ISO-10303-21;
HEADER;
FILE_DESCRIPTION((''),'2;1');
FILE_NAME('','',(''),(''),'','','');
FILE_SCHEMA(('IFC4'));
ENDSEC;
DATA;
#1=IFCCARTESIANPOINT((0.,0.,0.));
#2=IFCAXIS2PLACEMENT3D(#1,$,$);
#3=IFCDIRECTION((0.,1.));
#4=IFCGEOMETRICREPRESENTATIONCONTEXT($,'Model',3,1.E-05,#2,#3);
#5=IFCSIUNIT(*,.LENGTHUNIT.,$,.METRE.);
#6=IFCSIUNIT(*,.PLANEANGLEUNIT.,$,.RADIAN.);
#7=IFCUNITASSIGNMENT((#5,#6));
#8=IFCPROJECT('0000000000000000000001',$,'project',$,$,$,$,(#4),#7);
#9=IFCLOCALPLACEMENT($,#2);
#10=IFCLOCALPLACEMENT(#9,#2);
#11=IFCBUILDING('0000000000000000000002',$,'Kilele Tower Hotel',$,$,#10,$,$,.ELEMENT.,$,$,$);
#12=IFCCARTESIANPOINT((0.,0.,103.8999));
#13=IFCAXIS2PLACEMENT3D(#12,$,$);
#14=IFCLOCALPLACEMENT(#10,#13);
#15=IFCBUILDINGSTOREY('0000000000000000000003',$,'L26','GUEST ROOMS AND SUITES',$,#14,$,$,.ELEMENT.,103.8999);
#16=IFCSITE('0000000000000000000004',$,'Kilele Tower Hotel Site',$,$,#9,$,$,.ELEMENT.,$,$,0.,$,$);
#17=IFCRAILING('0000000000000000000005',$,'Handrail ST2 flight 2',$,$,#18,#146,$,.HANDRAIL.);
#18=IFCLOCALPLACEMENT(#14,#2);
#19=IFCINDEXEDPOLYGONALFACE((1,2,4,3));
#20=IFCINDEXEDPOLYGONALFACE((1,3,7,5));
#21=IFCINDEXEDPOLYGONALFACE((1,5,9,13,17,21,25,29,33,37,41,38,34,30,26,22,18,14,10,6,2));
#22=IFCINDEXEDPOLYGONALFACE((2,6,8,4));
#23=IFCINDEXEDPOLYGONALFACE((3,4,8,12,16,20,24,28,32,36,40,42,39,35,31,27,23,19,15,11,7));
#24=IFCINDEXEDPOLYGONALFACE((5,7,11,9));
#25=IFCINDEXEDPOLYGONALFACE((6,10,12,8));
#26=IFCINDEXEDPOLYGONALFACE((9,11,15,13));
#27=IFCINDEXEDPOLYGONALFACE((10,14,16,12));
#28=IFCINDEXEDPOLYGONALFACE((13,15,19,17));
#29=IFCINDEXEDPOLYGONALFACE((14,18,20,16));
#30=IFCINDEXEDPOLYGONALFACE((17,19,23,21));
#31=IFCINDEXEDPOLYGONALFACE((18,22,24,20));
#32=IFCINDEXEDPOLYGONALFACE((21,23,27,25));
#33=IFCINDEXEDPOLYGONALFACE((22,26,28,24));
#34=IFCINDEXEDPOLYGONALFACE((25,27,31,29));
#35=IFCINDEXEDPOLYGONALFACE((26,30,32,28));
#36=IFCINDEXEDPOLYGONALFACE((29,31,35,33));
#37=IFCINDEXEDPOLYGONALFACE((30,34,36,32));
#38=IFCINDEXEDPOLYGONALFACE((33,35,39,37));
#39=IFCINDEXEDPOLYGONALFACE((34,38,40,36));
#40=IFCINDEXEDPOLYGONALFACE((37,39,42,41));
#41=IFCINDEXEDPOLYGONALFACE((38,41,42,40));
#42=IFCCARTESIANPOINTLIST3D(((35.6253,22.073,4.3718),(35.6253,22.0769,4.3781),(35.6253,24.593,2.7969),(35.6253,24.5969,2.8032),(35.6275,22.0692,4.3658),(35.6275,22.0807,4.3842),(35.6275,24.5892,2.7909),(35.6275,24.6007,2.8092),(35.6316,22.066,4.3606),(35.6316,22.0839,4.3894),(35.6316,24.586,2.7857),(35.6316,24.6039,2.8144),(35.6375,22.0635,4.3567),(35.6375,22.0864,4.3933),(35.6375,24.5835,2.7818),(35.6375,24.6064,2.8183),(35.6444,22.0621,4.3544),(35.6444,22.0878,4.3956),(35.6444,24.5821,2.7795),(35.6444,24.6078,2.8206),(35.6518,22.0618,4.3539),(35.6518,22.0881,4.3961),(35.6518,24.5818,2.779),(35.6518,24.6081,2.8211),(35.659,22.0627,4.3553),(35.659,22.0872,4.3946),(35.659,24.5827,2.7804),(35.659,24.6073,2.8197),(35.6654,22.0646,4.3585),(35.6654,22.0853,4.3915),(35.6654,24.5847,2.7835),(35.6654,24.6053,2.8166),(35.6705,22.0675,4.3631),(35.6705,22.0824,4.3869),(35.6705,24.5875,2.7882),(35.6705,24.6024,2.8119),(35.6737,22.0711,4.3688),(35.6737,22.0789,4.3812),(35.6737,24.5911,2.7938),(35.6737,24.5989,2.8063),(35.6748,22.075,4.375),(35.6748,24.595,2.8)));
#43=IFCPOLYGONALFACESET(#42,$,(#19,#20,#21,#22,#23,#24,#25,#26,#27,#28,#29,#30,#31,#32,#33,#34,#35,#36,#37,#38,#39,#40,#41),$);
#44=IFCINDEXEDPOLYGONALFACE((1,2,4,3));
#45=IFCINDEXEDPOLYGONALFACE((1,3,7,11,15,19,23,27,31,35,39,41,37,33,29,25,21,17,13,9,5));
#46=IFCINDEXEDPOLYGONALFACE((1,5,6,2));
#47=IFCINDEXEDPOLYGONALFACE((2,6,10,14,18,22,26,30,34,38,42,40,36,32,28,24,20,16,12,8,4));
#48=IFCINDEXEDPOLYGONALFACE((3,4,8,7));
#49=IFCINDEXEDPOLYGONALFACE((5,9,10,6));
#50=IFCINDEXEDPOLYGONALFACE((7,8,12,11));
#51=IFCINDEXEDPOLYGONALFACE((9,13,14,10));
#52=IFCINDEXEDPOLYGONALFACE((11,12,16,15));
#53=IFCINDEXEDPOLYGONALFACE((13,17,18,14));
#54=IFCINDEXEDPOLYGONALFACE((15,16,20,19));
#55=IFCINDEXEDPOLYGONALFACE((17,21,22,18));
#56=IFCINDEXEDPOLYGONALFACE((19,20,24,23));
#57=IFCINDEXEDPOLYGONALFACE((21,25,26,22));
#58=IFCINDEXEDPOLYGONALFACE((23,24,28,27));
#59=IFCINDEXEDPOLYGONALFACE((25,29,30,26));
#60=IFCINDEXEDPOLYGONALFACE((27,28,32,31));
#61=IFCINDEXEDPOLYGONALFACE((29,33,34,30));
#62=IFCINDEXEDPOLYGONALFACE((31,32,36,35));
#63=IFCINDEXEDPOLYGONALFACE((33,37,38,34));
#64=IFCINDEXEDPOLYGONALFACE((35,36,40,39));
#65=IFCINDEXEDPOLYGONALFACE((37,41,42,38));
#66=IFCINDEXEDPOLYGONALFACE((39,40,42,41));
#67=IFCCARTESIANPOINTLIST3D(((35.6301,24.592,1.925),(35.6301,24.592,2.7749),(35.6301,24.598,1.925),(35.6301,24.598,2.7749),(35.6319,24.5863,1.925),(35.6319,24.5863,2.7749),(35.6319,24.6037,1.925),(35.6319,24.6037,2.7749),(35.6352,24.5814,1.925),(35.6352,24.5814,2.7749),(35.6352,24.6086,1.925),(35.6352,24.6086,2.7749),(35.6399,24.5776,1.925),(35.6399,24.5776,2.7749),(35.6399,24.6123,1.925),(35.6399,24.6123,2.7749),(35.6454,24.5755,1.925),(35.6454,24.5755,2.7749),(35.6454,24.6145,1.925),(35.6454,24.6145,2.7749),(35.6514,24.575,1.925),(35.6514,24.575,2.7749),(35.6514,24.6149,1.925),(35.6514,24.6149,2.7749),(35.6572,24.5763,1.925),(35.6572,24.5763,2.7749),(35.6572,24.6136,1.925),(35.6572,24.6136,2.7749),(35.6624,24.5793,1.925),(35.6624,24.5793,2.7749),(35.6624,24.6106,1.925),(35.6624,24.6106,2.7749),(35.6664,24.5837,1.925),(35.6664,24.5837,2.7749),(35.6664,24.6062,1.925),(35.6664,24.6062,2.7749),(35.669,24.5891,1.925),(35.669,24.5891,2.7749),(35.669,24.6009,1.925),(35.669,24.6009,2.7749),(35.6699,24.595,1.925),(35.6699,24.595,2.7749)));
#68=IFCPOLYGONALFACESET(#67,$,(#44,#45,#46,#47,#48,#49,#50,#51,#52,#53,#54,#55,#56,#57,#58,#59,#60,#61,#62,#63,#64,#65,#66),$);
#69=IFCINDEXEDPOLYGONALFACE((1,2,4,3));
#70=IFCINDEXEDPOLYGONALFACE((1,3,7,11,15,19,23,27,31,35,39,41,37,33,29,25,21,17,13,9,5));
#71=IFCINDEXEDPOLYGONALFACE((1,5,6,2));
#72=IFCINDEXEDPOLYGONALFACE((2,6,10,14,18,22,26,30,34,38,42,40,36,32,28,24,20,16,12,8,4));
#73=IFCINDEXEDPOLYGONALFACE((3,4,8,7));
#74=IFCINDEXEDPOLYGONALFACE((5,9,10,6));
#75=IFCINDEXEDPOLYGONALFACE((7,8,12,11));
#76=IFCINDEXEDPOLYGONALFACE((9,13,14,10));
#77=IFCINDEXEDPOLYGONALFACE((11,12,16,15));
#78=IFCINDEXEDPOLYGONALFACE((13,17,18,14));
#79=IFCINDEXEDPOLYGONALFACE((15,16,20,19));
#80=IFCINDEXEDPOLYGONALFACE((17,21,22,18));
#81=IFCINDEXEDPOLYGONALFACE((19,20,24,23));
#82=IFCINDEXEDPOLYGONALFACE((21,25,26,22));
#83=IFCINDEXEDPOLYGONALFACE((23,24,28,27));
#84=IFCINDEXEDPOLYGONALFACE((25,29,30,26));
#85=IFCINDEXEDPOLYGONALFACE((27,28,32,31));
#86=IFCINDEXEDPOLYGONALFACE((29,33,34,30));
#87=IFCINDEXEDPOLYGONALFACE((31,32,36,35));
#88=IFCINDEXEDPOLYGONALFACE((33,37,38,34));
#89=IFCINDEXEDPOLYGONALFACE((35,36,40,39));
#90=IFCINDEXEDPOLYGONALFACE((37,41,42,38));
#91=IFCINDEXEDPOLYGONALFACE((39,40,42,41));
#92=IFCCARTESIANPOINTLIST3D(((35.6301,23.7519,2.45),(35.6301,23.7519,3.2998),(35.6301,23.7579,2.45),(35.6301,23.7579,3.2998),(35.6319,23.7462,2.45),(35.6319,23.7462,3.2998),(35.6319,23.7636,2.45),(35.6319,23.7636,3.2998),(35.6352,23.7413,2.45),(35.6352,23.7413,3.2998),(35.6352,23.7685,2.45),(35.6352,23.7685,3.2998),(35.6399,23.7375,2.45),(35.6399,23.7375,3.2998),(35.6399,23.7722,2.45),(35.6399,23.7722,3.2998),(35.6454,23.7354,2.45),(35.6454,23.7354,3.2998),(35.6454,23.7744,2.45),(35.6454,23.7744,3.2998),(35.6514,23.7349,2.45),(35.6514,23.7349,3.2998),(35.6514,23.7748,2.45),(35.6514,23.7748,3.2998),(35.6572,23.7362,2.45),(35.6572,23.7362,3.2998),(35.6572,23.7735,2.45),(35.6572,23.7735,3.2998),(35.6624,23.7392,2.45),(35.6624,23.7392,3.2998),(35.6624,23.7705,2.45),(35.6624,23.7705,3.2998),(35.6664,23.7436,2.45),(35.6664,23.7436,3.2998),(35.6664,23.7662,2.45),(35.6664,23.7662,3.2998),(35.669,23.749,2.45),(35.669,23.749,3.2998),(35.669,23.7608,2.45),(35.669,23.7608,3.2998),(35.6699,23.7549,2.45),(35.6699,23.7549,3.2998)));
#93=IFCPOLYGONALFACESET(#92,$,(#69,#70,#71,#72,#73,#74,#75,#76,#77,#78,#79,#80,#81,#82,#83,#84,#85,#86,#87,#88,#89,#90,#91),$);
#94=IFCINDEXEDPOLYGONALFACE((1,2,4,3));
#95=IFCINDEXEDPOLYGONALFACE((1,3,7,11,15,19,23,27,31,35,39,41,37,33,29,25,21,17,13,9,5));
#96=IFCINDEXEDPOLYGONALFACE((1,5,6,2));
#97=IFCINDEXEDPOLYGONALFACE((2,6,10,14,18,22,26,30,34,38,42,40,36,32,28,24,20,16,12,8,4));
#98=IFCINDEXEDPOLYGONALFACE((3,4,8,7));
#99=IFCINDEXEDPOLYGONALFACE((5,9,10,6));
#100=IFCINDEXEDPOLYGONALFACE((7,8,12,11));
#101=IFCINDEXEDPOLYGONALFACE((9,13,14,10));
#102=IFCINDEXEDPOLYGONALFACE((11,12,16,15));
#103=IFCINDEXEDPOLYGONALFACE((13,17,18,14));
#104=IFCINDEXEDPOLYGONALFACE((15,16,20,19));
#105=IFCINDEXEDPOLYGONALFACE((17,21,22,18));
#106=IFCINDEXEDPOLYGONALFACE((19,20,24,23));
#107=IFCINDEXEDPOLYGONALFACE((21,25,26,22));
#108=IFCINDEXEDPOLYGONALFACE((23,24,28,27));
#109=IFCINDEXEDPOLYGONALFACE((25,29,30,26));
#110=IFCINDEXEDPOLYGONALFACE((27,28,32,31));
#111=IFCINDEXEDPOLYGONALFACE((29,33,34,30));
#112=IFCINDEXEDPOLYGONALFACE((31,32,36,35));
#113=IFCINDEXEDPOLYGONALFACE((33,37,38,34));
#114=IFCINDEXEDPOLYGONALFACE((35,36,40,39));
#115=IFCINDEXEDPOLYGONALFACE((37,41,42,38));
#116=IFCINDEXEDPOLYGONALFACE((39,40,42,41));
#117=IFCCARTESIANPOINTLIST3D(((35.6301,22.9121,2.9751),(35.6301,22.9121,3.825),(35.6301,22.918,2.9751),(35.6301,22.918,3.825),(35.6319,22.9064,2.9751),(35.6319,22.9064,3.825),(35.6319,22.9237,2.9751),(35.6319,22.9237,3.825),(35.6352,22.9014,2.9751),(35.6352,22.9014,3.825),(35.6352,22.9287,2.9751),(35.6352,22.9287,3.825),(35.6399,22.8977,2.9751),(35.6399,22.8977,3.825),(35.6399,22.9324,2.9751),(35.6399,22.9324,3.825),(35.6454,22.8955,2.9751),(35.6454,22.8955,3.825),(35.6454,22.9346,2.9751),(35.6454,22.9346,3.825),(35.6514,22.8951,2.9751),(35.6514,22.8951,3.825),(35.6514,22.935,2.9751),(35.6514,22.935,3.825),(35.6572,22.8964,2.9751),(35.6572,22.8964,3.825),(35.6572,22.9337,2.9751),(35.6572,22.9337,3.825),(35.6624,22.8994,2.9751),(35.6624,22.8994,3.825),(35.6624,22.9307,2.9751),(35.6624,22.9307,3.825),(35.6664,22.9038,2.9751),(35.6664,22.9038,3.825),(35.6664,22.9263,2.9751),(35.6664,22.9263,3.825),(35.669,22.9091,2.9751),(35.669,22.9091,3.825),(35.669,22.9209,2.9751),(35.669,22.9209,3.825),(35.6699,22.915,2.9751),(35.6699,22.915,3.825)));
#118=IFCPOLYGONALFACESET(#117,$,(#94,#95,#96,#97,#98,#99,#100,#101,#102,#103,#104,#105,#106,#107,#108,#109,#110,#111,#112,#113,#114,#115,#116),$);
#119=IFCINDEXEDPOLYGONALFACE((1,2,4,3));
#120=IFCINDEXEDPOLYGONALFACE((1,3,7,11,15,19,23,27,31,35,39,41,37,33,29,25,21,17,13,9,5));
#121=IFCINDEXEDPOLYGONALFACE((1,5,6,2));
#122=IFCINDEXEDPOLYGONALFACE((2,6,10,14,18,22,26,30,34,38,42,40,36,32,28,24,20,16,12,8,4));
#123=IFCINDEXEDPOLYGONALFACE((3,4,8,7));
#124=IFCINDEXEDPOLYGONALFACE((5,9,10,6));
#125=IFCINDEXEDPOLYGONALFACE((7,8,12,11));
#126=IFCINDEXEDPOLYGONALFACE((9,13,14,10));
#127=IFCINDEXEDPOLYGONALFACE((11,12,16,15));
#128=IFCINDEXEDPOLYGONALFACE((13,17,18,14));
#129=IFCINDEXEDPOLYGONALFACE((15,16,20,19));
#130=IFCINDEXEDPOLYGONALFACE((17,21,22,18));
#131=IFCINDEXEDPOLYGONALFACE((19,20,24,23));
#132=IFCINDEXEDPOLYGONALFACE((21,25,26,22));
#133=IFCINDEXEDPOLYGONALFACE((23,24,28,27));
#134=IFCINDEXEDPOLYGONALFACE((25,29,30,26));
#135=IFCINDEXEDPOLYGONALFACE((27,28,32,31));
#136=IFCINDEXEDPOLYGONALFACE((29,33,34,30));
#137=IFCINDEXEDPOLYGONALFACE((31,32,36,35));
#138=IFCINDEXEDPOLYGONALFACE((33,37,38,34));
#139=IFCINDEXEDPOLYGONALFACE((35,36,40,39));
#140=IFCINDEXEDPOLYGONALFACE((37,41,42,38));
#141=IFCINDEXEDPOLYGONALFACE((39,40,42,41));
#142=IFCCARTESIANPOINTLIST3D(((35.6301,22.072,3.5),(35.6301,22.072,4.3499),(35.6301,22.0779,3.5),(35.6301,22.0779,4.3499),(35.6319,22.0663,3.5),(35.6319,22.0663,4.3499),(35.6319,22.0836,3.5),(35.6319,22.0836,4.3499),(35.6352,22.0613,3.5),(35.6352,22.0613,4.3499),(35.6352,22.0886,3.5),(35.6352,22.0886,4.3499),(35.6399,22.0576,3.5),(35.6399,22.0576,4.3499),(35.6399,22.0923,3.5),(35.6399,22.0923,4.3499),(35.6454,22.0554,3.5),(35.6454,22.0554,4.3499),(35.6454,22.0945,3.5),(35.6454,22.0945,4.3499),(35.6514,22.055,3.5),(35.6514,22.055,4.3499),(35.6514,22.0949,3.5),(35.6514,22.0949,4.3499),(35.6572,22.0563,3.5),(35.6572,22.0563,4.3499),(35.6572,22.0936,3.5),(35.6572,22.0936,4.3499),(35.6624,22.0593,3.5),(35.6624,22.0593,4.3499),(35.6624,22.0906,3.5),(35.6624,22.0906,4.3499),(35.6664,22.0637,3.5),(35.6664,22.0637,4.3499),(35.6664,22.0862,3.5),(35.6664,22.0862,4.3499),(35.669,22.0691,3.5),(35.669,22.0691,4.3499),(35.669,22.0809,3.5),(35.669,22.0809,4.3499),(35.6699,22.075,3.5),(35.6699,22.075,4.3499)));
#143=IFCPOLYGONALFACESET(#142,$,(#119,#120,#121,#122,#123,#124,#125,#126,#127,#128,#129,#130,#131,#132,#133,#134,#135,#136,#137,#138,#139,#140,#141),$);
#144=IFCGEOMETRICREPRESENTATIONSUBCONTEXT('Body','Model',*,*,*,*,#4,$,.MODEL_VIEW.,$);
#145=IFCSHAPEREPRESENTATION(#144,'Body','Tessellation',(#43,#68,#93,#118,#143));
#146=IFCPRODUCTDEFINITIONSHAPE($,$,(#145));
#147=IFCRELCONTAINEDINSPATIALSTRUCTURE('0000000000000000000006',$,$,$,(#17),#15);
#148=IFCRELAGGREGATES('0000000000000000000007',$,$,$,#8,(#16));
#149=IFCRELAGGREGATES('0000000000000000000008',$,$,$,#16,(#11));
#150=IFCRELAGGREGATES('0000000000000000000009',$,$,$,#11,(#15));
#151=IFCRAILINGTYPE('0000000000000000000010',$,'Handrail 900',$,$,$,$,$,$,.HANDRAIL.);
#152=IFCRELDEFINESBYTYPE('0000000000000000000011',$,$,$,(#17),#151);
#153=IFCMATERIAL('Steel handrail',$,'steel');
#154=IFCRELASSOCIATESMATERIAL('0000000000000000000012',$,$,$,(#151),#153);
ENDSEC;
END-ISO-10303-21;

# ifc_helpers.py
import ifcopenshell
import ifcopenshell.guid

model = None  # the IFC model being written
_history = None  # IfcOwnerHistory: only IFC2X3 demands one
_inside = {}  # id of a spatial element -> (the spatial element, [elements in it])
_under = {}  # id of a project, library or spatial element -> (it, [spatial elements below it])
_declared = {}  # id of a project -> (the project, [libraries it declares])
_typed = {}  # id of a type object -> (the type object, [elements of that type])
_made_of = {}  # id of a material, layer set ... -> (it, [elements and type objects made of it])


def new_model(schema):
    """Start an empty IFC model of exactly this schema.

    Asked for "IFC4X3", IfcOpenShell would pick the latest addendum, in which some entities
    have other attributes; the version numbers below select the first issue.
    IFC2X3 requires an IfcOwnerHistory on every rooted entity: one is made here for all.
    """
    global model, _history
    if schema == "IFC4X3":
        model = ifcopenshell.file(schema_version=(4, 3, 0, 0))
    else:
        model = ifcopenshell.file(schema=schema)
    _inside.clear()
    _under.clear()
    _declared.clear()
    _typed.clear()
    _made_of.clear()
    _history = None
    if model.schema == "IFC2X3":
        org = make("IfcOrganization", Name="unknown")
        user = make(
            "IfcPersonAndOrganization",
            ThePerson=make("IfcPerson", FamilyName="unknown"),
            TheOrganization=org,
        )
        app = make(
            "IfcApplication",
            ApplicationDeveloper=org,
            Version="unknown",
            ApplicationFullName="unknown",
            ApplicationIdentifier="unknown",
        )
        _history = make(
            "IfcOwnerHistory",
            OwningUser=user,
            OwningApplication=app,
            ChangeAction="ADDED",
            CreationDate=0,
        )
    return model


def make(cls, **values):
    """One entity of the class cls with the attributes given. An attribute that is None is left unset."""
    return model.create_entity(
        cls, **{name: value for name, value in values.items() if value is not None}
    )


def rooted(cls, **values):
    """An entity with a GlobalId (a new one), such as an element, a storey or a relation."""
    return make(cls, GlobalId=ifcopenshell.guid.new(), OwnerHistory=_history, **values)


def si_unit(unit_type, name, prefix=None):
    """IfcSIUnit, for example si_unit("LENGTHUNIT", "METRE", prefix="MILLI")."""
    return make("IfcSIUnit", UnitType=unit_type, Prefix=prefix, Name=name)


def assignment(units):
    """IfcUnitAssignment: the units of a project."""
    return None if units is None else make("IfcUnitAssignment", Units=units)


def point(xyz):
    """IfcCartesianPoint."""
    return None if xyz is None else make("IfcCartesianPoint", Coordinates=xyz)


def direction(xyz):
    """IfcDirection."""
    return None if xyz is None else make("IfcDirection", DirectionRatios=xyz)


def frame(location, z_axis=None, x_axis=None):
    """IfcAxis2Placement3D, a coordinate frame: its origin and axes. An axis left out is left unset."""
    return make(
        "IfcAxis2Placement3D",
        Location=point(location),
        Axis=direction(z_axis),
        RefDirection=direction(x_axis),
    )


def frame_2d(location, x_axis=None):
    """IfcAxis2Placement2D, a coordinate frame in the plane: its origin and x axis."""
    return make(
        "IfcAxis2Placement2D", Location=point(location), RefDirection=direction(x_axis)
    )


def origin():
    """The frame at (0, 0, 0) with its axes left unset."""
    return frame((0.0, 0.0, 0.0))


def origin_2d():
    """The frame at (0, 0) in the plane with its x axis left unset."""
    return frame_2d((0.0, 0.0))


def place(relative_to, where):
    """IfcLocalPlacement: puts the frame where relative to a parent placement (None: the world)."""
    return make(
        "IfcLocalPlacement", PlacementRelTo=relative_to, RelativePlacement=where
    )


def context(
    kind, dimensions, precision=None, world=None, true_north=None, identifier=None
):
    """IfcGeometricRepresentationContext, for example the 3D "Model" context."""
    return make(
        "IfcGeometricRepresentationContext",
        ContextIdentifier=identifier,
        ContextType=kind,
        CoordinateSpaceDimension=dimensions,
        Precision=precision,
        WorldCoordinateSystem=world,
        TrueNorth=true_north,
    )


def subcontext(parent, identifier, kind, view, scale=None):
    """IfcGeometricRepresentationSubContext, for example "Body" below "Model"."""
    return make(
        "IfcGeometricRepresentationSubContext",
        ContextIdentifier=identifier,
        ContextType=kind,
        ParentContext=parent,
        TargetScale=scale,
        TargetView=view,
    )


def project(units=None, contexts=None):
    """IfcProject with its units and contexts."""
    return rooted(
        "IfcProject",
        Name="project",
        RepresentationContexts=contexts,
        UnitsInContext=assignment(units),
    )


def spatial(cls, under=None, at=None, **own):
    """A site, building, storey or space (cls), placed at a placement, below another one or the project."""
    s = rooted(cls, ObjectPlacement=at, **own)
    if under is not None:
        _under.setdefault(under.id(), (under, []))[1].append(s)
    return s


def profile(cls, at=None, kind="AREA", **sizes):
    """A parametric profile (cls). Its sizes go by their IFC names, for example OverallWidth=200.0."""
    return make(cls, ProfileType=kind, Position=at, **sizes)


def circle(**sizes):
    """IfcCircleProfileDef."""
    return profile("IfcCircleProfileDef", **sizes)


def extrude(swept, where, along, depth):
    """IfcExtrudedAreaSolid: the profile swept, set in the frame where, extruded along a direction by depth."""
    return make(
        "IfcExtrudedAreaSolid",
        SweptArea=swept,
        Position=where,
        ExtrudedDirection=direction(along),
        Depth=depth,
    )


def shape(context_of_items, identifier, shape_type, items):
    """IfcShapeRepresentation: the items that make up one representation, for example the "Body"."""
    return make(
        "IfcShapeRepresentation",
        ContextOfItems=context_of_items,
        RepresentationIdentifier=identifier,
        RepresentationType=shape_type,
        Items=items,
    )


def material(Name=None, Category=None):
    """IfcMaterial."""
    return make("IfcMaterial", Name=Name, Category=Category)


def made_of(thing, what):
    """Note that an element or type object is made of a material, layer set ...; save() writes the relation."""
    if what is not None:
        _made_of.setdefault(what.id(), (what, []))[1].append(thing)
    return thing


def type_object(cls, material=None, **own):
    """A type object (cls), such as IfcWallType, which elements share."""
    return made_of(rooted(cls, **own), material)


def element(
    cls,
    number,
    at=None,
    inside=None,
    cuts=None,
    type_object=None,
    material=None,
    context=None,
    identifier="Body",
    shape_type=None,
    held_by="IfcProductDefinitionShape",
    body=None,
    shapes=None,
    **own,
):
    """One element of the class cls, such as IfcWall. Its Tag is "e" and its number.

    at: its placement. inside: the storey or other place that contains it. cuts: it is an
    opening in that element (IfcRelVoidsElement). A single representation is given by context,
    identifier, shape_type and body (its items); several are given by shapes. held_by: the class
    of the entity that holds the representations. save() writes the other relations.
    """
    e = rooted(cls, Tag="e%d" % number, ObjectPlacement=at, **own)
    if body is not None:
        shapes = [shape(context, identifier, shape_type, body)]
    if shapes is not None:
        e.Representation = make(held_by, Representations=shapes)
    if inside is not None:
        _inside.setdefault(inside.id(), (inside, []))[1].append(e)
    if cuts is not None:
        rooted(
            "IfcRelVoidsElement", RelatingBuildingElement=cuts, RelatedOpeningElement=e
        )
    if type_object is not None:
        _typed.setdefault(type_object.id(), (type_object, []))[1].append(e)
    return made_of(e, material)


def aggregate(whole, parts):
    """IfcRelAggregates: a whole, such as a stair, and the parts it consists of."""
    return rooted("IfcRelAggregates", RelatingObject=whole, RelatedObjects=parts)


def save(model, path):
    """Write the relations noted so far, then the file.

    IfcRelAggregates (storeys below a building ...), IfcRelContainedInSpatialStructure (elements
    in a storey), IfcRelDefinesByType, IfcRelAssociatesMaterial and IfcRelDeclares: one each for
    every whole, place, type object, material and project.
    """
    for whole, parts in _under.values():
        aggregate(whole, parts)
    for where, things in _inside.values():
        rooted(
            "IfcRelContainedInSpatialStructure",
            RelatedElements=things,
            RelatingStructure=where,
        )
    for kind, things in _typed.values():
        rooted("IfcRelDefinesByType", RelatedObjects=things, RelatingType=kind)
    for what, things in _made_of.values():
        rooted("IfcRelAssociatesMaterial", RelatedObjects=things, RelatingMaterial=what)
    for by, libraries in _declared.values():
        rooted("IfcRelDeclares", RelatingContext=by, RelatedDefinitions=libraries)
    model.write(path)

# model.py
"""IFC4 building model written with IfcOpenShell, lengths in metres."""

from ifc_helpers import new_model, si_unit, direction, frame, origin, origin_2d, place, context, subcontext, project, spatial, circle, extrude, material, type_object, element, save


model = new_model("IFC4")

# Units and contexts
model_context = context("Model", 3, precision=1e-05, world=origin(), true_north=direction((0.0, 1.0)))
body_context = subcontext(model_context, "Body", "Model", "MODEL_VIEW")
ifc_project = project(units=[si_unit("LENGTHUNIT", "METRE"), si_unit("PLANEANGLEUNIT", "RADIAN")], contexts=[model_context])

# Site, building, storey
site_placement = place(None, origin())
site = spatial("IfcSite", under=ifc_project, at=site_placement, Name="Kilele Tower Hotel Site", CompositionType="ELEMENT", RefElevation=0.0)
building_placement = place(site_placement, origin())
building = spatial("IfcBuilding", under=site, at=building_placement, Name="Kilele Tower Hotel", CompositionType="ELEMENT")
storey_placement = place(building_placement, frame((0.0, 0.0, 103.8999)))
storey = spatial("IfcBuildingStorey", under=building, at=storey_placement, Name="L26", Description="GUEST ROOMS AND SUITES", CompositionType="ELEMENT", Elevation=103.8999)

# Railing
ifc_material_1 = material(Name="Steel handrail", Category="steel")
railing_type_1 = type_object("IfcRailingType", Name="Handrail 900", PredefinedType="HANDRAIL", material=ifc_material_1)
for number, where, name in (
    (1, (35.6499, 24.595, 1.925), "Handrail ST2 flight 2"),
):
    element("IfcRailing", number, at=place(storey_placement, frame(where)), inside=storey, type_object=railing_type_1, Name=name, PredefinedType="HANDRAIL", context=body_context, shape_type="SweptSolid", body=[
        extrude(circle(Radius=0.0249, at=origin_2d()), frame((0.0, 0.0, 0.875), z_axis=(0.0, -0.848008, 0.529984), x_axis=(1.0, 0.0, 0.0)), (0.0, 0.0, 1.0), 2.9717),
        extrude(circle(Radius=0.02, at=origin_2d()), origin(), (0.0, 0.0, 1.0), 0.8499),
        extrude(circle(Radius=0.02, at=origin_2d()), frame((0.0, -0.8401, 0.5249)), (0.0, 0.0, 1.0), 0.8499),
        extrude(circle(Radius=0.02, at=origin_2d()), frame((0.0, -1.6799, 1.05)), (0.0, 0.0, 1.0), 0.8499),
        extrude(circle(Radius=0.02, at=origin_2d()), frame((0.0, -2.52, 1.575)), (0.0, 0.0, 1.0), 0.8499),
    ])

save(model, "model.ifc")
